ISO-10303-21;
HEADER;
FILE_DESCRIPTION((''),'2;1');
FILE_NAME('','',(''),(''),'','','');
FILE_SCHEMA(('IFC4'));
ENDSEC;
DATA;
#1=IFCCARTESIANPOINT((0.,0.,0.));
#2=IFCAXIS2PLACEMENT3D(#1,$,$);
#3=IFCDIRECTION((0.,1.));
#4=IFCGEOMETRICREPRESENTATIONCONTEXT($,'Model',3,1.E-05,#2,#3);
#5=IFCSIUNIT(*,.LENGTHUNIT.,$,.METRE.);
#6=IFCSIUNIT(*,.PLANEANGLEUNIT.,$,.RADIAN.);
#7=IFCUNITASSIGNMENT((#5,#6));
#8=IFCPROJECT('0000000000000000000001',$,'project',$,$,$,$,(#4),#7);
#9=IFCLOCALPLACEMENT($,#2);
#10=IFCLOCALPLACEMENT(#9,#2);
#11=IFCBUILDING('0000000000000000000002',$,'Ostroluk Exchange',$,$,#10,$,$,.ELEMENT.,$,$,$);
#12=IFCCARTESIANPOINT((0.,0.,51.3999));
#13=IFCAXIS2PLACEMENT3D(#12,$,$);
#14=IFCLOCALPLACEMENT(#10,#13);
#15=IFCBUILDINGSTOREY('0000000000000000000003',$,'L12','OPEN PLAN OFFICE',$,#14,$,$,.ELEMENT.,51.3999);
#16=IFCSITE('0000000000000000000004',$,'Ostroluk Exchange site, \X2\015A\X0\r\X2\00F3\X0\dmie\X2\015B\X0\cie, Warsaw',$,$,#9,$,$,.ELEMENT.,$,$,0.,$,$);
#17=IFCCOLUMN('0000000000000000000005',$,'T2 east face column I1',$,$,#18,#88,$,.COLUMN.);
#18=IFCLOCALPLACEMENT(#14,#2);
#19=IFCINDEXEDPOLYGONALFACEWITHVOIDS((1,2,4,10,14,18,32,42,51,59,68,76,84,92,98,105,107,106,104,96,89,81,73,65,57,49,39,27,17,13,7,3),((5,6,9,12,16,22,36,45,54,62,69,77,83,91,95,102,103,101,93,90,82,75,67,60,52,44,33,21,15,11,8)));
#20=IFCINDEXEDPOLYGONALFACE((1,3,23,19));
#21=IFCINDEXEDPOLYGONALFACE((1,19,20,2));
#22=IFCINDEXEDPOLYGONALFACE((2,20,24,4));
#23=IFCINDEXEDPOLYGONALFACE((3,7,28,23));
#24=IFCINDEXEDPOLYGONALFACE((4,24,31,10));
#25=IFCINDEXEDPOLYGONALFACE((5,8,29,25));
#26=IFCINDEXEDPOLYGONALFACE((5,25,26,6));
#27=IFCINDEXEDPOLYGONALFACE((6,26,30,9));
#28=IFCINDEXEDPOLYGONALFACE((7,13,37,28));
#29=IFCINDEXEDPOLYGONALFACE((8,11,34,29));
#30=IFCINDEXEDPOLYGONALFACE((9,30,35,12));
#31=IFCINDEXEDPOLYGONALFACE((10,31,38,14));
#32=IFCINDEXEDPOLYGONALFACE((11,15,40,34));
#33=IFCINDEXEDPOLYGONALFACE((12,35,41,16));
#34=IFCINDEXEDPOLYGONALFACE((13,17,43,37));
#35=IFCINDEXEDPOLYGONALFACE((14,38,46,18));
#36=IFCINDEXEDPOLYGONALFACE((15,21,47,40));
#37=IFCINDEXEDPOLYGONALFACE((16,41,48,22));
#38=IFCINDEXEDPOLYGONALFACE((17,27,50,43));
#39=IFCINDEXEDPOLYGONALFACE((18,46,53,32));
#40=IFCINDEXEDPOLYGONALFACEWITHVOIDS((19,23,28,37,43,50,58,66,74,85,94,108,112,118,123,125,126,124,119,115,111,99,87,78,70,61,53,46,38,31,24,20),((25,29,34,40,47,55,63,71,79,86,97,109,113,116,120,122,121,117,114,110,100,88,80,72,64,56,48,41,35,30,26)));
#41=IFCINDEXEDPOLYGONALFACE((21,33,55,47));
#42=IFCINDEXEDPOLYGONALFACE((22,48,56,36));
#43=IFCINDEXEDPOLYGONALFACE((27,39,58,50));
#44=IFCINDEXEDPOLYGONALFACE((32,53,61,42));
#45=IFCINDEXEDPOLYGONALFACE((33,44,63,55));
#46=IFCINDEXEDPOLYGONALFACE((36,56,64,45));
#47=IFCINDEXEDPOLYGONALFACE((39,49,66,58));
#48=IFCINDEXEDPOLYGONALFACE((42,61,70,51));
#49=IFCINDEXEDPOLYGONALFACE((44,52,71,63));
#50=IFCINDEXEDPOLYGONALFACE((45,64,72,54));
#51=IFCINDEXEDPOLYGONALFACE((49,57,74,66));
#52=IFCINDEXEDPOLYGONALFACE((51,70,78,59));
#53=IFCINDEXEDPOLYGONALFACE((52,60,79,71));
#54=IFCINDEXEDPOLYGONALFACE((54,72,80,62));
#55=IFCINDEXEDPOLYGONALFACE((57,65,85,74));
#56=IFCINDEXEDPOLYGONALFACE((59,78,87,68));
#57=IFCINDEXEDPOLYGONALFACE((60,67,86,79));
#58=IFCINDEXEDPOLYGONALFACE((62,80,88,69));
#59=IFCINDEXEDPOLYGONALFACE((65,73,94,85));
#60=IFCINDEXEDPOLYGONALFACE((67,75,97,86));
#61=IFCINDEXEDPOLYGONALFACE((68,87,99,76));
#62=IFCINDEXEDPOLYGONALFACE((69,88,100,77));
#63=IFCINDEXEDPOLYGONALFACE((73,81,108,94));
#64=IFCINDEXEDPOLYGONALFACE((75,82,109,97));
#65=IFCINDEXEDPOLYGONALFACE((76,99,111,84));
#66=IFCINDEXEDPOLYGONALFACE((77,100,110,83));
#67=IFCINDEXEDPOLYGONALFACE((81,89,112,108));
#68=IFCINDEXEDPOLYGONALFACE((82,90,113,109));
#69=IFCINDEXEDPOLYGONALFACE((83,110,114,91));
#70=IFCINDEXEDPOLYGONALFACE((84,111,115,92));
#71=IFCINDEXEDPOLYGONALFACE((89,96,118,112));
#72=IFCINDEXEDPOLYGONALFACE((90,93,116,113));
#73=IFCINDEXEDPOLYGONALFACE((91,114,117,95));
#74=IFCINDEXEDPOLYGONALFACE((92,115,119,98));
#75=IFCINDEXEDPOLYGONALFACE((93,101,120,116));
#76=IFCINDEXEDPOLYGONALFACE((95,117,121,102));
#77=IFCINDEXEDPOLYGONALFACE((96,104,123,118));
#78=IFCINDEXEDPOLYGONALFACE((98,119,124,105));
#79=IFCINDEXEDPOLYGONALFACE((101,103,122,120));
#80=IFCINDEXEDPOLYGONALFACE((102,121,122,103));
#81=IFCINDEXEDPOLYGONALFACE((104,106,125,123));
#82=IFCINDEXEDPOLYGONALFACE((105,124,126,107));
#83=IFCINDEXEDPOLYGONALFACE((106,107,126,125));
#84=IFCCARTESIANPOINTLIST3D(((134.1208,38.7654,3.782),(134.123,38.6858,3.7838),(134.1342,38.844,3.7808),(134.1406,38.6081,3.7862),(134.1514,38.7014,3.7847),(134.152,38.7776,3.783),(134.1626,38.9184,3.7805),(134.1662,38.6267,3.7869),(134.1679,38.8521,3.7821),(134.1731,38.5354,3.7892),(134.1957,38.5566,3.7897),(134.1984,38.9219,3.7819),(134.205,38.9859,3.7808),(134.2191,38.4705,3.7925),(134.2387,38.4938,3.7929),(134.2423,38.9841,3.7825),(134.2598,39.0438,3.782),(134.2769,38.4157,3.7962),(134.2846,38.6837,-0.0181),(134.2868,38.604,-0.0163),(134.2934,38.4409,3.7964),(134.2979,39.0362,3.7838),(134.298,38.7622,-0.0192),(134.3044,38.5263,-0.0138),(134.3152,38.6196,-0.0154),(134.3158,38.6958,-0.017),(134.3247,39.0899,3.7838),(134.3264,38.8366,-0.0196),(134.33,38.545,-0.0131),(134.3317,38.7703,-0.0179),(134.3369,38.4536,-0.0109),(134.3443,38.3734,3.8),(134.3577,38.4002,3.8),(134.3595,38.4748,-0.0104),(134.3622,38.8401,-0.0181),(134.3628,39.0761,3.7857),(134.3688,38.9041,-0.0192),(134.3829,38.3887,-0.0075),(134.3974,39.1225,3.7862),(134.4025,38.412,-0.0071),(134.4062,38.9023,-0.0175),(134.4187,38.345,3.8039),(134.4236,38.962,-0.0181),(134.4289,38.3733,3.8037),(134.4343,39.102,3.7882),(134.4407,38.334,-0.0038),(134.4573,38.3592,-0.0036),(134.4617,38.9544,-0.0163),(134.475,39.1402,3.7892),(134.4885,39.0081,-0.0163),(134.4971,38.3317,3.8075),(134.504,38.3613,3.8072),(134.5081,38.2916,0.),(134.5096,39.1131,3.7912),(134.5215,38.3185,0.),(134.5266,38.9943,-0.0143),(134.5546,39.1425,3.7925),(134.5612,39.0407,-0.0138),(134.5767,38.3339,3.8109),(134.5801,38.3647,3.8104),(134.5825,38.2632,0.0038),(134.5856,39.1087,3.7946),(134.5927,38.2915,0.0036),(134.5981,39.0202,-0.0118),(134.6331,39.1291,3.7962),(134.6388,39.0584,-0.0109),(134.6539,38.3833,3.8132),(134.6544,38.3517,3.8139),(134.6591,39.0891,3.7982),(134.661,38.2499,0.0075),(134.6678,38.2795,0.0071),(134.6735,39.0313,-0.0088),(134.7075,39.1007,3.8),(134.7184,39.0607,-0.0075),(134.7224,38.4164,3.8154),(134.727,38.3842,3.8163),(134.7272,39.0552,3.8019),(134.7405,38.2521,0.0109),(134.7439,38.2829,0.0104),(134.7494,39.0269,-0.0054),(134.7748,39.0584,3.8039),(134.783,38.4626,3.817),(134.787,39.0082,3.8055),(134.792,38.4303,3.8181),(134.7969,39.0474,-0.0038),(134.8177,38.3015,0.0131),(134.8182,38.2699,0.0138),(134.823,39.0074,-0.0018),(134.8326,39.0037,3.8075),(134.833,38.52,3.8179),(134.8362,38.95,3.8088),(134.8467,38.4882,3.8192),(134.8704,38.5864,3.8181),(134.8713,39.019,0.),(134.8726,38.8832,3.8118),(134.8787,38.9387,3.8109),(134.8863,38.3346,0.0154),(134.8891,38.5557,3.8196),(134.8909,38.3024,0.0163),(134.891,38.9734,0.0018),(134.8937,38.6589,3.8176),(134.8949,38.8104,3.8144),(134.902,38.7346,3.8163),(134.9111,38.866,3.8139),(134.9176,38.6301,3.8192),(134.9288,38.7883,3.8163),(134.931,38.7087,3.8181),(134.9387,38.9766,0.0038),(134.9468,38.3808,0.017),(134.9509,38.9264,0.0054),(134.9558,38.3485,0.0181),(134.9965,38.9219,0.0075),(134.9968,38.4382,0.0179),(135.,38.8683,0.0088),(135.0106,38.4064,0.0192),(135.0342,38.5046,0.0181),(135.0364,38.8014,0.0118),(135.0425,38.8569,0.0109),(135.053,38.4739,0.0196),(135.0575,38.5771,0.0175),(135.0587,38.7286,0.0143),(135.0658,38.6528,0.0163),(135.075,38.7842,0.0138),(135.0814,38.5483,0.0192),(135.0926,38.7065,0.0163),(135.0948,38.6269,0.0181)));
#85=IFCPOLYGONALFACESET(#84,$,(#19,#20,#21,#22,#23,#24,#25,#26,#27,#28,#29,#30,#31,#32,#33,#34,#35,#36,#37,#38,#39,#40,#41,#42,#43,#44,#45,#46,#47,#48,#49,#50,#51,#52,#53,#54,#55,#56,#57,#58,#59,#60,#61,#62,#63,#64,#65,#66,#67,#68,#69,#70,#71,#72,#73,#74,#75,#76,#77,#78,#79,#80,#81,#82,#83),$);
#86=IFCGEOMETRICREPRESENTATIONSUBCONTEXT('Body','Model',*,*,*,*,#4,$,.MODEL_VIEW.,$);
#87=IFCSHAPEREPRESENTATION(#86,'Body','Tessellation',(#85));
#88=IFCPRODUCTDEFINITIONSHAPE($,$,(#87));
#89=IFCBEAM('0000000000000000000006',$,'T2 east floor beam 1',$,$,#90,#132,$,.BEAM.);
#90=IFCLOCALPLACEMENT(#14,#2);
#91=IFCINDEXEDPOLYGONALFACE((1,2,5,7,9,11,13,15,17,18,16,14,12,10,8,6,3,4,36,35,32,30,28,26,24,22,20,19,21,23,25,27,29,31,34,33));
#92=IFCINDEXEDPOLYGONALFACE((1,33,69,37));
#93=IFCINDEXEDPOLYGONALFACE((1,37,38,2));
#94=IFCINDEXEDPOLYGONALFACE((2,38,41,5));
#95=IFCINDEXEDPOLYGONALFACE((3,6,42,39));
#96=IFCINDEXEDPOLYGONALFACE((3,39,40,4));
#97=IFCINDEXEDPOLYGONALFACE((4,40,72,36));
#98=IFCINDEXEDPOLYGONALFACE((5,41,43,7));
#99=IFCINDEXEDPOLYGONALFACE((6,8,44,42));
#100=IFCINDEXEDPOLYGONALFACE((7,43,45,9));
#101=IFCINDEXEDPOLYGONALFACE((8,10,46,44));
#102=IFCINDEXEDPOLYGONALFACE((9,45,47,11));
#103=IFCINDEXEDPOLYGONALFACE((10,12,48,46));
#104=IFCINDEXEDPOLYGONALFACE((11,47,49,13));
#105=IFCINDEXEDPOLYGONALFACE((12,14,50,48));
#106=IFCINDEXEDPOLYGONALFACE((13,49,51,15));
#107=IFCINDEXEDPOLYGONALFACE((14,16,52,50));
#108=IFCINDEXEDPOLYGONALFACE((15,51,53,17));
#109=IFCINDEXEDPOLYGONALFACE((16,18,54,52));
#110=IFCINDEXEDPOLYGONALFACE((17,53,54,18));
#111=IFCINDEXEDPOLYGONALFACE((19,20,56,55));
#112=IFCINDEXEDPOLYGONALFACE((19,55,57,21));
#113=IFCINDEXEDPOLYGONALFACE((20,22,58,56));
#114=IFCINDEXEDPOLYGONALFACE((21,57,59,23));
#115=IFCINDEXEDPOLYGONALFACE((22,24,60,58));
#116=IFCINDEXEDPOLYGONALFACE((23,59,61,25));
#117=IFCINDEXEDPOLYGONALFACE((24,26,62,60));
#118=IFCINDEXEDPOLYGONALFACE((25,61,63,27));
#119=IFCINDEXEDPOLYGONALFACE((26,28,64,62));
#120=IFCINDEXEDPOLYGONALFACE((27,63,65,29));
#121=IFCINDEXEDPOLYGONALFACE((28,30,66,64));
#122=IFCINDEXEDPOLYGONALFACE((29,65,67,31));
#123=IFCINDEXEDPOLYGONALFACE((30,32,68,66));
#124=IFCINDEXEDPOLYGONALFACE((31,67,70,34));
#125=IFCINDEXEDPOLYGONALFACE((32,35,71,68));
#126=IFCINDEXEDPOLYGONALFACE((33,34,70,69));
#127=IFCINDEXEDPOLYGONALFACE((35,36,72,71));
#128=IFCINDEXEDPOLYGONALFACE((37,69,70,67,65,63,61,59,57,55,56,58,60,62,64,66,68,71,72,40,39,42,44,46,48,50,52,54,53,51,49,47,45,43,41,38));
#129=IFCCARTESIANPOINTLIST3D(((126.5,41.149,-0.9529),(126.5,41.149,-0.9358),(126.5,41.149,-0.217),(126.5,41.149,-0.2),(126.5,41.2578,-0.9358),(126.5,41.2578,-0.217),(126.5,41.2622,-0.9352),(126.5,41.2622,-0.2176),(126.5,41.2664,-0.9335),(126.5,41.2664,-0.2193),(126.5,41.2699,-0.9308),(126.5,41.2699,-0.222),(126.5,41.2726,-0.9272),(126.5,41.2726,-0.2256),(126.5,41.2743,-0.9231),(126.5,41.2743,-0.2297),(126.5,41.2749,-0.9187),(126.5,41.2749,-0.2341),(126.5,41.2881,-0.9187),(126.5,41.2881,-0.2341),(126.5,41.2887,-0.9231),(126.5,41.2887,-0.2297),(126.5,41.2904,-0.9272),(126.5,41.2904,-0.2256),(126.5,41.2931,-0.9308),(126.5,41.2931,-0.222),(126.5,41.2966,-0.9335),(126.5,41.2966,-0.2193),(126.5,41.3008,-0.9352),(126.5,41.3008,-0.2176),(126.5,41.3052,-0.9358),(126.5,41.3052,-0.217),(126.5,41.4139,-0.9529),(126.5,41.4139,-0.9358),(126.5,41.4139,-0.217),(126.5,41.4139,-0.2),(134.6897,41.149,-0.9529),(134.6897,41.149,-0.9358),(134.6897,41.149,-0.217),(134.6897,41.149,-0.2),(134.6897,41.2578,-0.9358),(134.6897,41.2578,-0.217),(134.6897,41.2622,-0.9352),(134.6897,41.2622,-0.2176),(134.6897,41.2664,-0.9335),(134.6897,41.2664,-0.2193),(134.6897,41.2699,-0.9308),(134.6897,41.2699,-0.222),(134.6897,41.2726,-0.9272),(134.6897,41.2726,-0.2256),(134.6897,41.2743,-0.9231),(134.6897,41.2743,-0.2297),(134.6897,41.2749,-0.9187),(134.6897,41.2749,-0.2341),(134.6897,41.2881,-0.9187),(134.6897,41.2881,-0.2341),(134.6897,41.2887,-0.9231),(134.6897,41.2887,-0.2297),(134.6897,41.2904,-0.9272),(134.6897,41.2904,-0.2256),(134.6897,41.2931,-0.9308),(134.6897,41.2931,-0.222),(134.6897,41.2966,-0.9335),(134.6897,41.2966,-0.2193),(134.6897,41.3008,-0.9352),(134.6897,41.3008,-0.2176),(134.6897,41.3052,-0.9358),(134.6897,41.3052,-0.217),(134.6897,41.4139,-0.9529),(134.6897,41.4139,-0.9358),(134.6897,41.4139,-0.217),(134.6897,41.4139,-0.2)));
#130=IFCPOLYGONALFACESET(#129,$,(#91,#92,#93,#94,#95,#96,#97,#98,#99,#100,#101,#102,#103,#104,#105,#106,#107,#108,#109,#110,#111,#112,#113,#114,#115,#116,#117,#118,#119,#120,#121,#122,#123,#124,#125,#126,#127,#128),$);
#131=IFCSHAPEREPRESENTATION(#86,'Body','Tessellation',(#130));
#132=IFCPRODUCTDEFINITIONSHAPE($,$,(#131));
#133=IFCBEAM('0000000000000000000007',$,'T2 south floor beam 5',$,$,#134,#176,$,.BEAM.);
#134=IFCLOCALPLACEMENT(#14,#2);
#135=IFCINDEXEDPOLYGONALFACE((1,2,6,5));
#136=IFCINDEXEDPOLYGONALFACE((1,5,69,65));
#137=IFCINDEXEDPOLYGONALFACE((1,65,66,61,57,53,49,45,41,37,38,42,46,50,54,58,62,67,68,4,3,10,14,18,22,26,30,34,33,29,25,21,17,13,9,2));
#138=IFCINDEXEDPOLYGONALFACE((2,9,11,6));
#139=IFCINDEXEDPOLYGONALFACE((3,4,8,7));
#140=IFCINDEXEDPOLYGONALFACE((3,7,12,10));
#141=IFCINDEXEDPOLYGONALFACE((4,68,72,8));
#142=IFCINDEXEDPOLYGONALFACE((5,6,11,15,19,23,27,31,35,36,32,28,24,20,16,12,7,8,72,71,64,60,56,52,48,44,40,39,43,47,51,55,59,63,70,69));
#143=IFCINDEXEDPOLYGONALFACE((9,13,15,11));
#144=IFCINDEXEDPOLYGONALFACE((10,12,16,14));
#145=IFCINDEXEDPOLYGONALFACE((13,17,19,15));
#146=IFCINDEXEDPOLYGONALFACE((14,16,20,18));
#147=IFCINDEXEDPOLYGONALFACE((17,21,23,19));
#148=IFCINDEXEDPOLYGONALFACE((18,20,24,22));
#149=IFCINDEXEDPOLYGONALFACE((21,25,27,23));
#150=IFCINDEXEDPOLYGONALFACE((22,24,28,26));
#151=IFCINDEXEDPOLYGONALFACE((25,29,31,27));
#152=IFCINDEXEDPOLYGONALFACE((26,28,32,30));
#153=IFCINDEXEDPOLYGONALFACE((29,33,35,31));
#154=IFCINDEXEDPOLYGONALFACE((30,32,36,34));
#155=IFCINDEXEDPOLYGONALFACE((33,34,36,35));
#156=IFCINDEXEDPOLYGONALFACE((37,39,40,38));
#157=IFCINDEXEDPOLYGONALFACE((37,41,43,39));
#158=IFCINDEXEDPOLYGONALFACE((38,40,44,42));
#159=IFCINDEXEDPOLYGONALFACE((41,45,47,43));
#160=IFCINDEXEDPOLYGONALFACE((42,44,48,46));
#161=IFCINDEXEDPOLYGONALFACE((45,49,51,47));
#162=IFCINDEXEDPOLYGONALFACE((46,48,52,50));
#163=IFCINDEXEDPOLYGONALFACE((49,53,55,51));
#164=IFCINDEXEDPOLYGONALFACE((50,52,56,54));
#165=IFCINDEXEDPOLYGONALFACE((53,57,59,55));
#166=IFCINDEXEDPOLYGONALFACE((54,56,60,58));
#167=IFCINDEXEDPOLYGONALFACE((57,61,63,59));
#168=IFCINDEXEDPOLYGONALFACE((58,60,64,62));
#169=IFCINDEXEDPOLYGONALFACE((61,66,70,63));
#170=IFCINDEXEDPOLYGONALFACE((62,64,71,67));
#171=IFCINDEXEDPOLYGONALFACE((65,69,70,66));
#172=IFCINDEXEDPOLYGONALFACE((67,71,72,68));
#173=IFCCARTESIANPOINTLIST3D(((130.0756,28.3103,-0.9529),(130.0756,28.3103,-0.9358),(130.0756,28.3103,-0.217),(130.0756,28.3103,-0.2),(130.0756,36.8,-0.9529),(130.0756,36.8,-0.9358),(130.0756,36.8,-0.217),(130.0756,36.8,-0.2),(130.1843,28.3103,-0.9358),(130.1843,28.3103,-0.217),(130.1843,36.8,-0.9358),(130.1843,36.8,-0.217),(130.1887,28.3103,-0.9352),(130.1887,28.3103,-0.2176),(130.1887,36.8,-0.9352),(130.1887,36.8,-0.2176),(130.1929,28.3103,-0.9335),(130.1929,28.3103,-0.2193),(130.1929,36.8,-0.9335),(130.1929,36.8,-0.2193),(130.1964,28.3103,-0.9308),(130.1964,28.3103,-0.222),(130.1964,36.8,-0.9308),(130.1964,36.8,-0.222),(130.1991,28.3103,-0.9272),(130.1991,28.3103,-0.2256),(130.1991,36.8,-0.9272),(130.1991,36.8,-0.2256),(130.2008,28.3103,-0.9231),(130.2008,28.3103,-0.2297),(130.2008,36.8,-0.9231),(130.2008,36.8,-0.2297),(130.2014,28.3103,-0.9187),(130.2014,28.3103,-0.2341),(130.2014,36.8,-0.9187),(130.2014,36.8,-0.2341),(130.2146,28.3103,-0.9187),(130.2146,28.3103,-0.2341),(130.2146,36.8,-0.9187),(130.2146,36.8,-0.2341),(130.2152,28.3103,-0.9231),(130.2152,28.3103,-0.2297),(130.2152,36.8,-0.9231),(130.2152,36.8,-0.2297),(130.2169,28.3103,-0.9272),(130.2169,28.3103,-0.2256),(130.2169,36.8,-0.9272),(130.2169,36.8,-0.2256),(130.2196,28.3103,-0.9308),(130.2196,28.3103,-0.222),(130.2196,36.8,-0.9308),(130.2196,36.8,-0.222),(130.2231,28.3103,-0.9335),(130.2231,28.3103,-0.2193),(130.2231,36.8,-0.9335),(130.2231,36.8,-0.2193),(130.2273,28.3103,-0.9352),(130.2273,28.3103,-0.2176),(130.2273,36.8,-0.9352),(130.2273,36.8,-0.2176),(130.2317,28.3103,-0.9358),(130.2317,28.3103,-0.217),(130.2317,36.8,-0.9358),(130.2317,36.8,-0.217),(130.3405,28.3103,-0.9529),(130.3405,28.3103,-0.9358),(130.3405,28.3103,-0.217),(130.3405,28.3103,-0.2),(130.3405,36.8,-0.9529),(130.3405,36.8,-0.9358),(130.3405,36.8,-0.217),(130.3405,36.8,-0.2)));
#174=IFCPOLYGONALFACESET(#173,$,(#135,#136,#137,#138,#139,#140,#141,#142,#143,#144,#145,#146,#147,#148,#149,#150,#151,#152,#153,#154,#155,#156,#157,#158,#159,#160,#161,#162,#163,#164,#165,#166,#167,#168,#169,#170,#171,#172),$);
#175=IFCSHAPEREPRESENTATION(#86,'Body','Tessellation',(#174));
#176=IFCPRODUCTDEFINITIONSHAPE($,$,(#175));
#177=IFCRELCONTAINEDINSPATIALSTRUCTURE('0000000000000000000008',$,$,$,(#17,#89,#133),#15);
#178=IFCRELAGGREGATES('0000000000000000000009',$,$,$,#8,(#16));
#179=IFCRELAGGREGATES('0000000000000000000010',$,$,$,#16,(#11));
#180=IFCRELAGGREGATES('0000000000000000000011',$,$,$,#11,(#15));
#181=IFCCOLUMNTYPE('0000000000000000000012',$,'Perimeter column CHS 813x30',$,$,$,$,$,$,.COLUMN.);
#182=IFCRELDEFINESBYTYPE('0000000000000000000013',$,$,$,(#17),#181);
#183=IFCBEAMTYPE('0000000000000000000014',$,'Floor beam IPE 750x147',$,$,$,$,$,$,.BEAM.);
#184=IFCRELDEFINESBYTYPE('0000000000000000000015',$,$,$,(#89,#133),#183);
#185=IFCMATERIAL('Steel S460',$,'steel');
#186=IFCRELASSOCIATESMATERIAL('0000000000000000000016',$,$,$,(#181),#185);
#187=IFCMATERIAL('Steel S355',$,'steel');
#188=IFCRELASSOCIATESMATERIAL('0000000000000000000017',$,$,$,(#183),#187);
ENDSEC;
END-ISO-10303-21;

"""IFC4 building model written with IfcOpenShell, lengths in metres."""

from ifc_helpers import new_model, si_unit, direction, frame, origin, origin_2d, place, context, subcontext, project, spatial, hollow_circle, i_section, extrude, material, material_profile, profile_set, type_object, element, save


model = new_model("IFC4")

# Units and contexts
model_context = context("Model", 3, precision=1e-05, world=origin(), true_north=direction((0.0, 1.0)))
body_context = subcontext(model_context, "Body", "Model", "MODEL_VIEW")
ifc_project = project(units=[si_unit("LENGTHUNIT", "METRE"), si_unit("PLANEANGLEUNIT", "RADIAN")], contexts=[model_context])

# Site, building, storey
site_placement = place(None, origin())
site = spatial("IfcSite", under=ifc_project, at=site_placement, Name="Ostroluk Exchange site, Śródmieście, Warsaw", CompositionType="ELEMENT", RefElevation=0.0)
building_placement = place(site_placement, origin())
building = spatial("IfcBuilding", under=site, at=building_placement, Name="Ostroluk Exchange", CompositionType="ELEMENT")
storey_placement = place(building_placement, frame((0.0, 0.0, 51.3999)))
storey = spatial("IfcBuildingStorey", under=building, at=storey_placement, Name="L12", Description="OPEN PLAN OFFICE", CompositionType="ELEMENT", Elevation=51.3999)

# Column
ifc_material_1 = material(Name="Steel S460", Category="steel")
ifc_material_profile_1 = material_profile(ifc_material_1, hollow_circle(Radius=0.4065, WallThickness=0.03, at=origin_2d()), Name="CHS 813x30")
ifc_profile_set_1 = profile_set([ifc_material_profile_1], Name="Steel S460")
column_type = type_object("IfcColumnType", Name="Perimeter column CHS 813x30", PredefinedType="COLUMN", material=ifc_profile_set_1)
column_placement = place(storey_placement, frame((134.6897, 38.6553, 0.0), z_axis=(-0.04306, 0.021498, 0.998841), x_axis=(-0.44668, -0.894694, 0.0)))
element("IfcColumn", 1, at=column_placement, inside=storey, type_object=column_type, Name="T2 east face column I1", PredefinedType="COLUMN", context=body_context, shape_type="SweptSolid", body=[
    extrude(hollow_circle(Radius=0.4065, WallThickness=0.03, at=origin_2d()), origin(), (0.0, 0.0, 1.0), 3.8044),
])

# Beams
ifc_material_2 = material(Name="Steel S355", Category="steel")
ifc_material_profile_2 = material_profile(ifc_material_2, i_section(OverallWidth=0.2649, OverallDepth=0.7529, WebThickness=0.0132, FlangeThickness=0.0171, FilletRadius=0.0171, at=origin_2d()), Name="IPE 750x147")
ifc_profile_set_2 = profile_set([ifc_material_profile_2], Name="Steel S355")
beam_type_1 = type_object("IfcBeamType", Name="Floor beam IPE 750x147", PredefinedType="BEAM", material=ifc_profile_set_2)
beam_1_placement = place(storey_placement, frame((126.5, 41.2815, -0.5764), z_axis=(1.0, 0.0, 0.0), x_axis=(0.0, 1.0, 0.0)))
element("IfcBeam", 2, at=beam_1_placement, inside=storey, type_object=beam_type_1, Name="T2 east floor beam 1", PredefinedType="BEAM", context=body_context, shape_type="SweptSolid", body=[
    extrude(i_section(OverallWidth=0.2649, OverallDepth=0.7529, WebThickness=0.0132, FlangeThickness=0.0171, FilletRadius=0.0171, at=origin_2d()), origin(), (0.0, 0.0, 1.0), 8.1897),
])
beam_2_placement = place(storey_placement, frame((130.208, 36.8, -0.5764), z_axis=(0.0, -1.0, 0.0), x_axis=(1.0, 0.0, 0.0)))
element("IfcBeam", 3, at=beam_2_placement, inside=storey, type_object=beam_type_1, Name="T2 south floor beam 5", PredefinedType="BEAM", context=body_context, shape_type="SweptSolid", body=[
    extrude(i_section(OverallWidth=0.2649, OverallDepth=0.7529, WebThickness=0.0132, FlangeThickness=0.0171, FilletRadius=0.0171, at=origin_2d()), origin(), (0.0, 0.0, 1.0), 8.4897),
])

save(model, "model.ifc")
